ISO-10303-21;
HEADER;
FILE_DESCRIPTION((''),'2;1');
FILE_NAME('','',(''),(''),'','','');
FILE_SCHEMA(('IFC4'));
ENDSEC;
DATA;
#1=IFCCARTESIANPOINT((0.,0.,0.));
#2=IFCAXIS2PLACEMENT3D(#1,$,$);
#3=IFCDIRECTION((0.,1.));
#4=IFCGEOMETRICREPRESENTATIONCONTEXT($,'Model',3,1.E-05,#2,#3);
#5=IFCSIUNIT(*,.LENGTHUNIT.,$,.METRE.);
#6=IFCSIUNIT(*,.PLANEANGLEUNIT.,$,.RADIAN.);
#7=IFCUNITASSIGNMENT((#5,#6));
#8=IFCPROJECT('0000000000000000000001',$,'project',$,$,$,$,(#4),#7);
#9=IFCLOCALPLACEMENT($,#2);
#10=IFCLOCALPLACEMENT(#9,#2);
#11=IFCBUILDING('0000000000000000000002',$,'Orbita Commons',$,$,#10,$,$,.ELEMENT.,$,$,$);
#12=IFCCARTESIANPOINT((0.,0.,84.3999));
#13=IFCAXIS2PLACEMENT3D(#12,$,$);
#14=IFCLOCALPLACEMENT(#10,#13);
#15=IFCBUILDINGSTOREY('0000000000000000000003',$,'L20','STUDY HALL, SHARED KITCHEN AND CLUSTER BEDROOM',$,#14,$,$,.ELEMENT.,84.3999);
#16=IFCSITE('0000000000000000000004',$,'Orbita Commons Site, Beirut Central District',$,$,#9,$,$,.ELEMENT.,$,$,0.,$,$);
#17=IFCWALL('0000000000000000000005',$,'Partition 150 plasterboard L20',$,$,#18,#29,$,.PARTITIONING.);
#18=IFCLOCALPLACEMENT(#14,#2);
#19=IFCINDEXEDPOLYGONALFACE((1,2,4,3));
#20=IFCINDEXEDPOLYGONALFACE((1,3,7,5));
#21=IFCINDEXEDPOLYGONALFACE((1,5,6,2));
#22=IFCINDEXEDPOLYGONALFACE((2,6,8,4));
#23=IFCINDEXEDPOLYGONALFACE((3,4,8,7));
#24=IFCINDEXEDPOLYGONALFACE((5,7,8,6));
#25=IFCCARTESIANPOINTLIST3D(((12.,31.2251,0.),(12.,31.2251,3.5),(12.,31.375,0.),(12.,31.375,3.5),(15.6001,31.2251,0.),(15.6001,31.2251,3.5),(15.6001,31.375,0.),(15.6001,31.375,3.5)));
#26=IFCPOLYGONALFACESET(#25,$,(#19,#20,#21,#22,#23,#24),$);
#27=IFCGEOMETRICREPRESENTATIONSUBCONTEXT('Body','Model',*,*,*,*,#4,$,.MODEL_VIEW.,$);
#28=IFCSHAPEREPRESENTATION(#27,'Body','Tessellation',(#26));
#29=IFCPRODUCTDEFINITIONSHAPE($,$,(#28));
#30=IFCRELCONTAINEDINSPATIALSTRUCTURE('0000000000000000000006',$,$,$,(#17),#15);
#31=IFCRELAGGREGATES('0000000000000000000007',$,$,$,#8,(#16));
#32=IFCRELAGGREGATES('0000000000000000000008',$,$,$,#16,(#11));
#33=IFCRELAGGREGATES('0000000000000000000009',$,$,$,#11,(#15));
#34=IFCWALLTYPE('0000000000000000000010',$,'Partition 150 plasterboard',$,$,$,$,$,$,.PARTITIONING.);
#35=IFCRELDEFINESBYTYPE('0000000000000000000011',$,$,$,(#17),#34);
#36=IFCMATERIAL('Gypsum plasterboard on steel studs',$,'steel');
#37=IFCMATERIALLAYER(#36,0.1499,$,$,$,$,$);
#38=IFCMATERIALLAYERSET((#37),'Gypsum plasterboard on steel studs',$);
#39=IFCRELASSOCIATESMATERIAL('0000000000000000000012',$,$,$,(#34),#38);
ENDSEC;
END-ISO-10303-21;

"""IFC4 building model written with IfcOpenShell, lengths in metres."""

from ifc_helpers import new_model, si_unit, direction, frame, frame_2d, origin, place, context, subcontext, project, spatial, rectangle, extrude, material, layer, layer_set, type_object, element, save


model = new_model("IFC4")

# Units and contexts
model_context = context("Model", 3, precision=1e-05, world=origin(), true_north=direction((0.0, 1.0)))
body_context = subcontext(model_context, "Body", "Model", "MODEL_VIEW")
ifc_project = project(units=[si_unit("LENGTHUNIT", "METRE"), si_unit("PLANEANGLEUNIT", "RADIAN")], contexts=[model_context])

# Site, building, storey
site_placement = place(None, origin())
site = spatial("IfcSite", under=ifc_project, at=site_placement, Name="Orbita Commons Site, Beirut Central District", CompositionType="ELEMENT", RefElevation=0.0)
building_placement = place(site_placement, origin())
building = spatial("IfcBuilding", under=site, at=building_placement, Name="Orbita Commons", CompositionType="ELEMENT")
storey_placement = place(building_placement, frame((0.0, 0.0, 84.3999)))
storey = spatial("IfcBuildingStorey", under=building, at=storey_placement, Name="L20", Description="STUDY HALL, SHARED KITCHEN AND CLUSTER BEDROOM", CompositionType="ELEMENT", Elevation=84.3999)

# Wall
ifc_material_1 = material(Name="Gypsum plasterboard on steel studs", Category="steel")
ifc_layer_1 = layer(ifc_material_1, 0.1499)
ifc_layer_set_1 = layer_set([ifc_layer_1], Name="Gypsum plasterboard on steel studs")
wall_type_1 = type_object("IfcWallType", Name="Partition 150 plasterboard", PredefinedType="PARTITIONING", material=ifc_layer_set_1)
wall_1_placement = place(storey_placement, frame((12.0, 31.3, 0.0), z_axis=(0.0, 0.0, 1.0), x_axis=(1.0, 0.0, 0.0)))
element("IfcWall", 1, at=wall_1_placement, inside=storey, type_object=wall_type_1, Name="Partition 150 plasterboard L20", PredefinedType="PARTITIONING", context=body_context, shape_type="SweptSolid", body=[
    extrude(rectangle(XDim=3.6001, YDim=0.1499, at=frame_2d((1.8, 0.0))), origin(), (0.0, 0.0, 1.0), 3.5),
])

save(model, "model.ifc")
